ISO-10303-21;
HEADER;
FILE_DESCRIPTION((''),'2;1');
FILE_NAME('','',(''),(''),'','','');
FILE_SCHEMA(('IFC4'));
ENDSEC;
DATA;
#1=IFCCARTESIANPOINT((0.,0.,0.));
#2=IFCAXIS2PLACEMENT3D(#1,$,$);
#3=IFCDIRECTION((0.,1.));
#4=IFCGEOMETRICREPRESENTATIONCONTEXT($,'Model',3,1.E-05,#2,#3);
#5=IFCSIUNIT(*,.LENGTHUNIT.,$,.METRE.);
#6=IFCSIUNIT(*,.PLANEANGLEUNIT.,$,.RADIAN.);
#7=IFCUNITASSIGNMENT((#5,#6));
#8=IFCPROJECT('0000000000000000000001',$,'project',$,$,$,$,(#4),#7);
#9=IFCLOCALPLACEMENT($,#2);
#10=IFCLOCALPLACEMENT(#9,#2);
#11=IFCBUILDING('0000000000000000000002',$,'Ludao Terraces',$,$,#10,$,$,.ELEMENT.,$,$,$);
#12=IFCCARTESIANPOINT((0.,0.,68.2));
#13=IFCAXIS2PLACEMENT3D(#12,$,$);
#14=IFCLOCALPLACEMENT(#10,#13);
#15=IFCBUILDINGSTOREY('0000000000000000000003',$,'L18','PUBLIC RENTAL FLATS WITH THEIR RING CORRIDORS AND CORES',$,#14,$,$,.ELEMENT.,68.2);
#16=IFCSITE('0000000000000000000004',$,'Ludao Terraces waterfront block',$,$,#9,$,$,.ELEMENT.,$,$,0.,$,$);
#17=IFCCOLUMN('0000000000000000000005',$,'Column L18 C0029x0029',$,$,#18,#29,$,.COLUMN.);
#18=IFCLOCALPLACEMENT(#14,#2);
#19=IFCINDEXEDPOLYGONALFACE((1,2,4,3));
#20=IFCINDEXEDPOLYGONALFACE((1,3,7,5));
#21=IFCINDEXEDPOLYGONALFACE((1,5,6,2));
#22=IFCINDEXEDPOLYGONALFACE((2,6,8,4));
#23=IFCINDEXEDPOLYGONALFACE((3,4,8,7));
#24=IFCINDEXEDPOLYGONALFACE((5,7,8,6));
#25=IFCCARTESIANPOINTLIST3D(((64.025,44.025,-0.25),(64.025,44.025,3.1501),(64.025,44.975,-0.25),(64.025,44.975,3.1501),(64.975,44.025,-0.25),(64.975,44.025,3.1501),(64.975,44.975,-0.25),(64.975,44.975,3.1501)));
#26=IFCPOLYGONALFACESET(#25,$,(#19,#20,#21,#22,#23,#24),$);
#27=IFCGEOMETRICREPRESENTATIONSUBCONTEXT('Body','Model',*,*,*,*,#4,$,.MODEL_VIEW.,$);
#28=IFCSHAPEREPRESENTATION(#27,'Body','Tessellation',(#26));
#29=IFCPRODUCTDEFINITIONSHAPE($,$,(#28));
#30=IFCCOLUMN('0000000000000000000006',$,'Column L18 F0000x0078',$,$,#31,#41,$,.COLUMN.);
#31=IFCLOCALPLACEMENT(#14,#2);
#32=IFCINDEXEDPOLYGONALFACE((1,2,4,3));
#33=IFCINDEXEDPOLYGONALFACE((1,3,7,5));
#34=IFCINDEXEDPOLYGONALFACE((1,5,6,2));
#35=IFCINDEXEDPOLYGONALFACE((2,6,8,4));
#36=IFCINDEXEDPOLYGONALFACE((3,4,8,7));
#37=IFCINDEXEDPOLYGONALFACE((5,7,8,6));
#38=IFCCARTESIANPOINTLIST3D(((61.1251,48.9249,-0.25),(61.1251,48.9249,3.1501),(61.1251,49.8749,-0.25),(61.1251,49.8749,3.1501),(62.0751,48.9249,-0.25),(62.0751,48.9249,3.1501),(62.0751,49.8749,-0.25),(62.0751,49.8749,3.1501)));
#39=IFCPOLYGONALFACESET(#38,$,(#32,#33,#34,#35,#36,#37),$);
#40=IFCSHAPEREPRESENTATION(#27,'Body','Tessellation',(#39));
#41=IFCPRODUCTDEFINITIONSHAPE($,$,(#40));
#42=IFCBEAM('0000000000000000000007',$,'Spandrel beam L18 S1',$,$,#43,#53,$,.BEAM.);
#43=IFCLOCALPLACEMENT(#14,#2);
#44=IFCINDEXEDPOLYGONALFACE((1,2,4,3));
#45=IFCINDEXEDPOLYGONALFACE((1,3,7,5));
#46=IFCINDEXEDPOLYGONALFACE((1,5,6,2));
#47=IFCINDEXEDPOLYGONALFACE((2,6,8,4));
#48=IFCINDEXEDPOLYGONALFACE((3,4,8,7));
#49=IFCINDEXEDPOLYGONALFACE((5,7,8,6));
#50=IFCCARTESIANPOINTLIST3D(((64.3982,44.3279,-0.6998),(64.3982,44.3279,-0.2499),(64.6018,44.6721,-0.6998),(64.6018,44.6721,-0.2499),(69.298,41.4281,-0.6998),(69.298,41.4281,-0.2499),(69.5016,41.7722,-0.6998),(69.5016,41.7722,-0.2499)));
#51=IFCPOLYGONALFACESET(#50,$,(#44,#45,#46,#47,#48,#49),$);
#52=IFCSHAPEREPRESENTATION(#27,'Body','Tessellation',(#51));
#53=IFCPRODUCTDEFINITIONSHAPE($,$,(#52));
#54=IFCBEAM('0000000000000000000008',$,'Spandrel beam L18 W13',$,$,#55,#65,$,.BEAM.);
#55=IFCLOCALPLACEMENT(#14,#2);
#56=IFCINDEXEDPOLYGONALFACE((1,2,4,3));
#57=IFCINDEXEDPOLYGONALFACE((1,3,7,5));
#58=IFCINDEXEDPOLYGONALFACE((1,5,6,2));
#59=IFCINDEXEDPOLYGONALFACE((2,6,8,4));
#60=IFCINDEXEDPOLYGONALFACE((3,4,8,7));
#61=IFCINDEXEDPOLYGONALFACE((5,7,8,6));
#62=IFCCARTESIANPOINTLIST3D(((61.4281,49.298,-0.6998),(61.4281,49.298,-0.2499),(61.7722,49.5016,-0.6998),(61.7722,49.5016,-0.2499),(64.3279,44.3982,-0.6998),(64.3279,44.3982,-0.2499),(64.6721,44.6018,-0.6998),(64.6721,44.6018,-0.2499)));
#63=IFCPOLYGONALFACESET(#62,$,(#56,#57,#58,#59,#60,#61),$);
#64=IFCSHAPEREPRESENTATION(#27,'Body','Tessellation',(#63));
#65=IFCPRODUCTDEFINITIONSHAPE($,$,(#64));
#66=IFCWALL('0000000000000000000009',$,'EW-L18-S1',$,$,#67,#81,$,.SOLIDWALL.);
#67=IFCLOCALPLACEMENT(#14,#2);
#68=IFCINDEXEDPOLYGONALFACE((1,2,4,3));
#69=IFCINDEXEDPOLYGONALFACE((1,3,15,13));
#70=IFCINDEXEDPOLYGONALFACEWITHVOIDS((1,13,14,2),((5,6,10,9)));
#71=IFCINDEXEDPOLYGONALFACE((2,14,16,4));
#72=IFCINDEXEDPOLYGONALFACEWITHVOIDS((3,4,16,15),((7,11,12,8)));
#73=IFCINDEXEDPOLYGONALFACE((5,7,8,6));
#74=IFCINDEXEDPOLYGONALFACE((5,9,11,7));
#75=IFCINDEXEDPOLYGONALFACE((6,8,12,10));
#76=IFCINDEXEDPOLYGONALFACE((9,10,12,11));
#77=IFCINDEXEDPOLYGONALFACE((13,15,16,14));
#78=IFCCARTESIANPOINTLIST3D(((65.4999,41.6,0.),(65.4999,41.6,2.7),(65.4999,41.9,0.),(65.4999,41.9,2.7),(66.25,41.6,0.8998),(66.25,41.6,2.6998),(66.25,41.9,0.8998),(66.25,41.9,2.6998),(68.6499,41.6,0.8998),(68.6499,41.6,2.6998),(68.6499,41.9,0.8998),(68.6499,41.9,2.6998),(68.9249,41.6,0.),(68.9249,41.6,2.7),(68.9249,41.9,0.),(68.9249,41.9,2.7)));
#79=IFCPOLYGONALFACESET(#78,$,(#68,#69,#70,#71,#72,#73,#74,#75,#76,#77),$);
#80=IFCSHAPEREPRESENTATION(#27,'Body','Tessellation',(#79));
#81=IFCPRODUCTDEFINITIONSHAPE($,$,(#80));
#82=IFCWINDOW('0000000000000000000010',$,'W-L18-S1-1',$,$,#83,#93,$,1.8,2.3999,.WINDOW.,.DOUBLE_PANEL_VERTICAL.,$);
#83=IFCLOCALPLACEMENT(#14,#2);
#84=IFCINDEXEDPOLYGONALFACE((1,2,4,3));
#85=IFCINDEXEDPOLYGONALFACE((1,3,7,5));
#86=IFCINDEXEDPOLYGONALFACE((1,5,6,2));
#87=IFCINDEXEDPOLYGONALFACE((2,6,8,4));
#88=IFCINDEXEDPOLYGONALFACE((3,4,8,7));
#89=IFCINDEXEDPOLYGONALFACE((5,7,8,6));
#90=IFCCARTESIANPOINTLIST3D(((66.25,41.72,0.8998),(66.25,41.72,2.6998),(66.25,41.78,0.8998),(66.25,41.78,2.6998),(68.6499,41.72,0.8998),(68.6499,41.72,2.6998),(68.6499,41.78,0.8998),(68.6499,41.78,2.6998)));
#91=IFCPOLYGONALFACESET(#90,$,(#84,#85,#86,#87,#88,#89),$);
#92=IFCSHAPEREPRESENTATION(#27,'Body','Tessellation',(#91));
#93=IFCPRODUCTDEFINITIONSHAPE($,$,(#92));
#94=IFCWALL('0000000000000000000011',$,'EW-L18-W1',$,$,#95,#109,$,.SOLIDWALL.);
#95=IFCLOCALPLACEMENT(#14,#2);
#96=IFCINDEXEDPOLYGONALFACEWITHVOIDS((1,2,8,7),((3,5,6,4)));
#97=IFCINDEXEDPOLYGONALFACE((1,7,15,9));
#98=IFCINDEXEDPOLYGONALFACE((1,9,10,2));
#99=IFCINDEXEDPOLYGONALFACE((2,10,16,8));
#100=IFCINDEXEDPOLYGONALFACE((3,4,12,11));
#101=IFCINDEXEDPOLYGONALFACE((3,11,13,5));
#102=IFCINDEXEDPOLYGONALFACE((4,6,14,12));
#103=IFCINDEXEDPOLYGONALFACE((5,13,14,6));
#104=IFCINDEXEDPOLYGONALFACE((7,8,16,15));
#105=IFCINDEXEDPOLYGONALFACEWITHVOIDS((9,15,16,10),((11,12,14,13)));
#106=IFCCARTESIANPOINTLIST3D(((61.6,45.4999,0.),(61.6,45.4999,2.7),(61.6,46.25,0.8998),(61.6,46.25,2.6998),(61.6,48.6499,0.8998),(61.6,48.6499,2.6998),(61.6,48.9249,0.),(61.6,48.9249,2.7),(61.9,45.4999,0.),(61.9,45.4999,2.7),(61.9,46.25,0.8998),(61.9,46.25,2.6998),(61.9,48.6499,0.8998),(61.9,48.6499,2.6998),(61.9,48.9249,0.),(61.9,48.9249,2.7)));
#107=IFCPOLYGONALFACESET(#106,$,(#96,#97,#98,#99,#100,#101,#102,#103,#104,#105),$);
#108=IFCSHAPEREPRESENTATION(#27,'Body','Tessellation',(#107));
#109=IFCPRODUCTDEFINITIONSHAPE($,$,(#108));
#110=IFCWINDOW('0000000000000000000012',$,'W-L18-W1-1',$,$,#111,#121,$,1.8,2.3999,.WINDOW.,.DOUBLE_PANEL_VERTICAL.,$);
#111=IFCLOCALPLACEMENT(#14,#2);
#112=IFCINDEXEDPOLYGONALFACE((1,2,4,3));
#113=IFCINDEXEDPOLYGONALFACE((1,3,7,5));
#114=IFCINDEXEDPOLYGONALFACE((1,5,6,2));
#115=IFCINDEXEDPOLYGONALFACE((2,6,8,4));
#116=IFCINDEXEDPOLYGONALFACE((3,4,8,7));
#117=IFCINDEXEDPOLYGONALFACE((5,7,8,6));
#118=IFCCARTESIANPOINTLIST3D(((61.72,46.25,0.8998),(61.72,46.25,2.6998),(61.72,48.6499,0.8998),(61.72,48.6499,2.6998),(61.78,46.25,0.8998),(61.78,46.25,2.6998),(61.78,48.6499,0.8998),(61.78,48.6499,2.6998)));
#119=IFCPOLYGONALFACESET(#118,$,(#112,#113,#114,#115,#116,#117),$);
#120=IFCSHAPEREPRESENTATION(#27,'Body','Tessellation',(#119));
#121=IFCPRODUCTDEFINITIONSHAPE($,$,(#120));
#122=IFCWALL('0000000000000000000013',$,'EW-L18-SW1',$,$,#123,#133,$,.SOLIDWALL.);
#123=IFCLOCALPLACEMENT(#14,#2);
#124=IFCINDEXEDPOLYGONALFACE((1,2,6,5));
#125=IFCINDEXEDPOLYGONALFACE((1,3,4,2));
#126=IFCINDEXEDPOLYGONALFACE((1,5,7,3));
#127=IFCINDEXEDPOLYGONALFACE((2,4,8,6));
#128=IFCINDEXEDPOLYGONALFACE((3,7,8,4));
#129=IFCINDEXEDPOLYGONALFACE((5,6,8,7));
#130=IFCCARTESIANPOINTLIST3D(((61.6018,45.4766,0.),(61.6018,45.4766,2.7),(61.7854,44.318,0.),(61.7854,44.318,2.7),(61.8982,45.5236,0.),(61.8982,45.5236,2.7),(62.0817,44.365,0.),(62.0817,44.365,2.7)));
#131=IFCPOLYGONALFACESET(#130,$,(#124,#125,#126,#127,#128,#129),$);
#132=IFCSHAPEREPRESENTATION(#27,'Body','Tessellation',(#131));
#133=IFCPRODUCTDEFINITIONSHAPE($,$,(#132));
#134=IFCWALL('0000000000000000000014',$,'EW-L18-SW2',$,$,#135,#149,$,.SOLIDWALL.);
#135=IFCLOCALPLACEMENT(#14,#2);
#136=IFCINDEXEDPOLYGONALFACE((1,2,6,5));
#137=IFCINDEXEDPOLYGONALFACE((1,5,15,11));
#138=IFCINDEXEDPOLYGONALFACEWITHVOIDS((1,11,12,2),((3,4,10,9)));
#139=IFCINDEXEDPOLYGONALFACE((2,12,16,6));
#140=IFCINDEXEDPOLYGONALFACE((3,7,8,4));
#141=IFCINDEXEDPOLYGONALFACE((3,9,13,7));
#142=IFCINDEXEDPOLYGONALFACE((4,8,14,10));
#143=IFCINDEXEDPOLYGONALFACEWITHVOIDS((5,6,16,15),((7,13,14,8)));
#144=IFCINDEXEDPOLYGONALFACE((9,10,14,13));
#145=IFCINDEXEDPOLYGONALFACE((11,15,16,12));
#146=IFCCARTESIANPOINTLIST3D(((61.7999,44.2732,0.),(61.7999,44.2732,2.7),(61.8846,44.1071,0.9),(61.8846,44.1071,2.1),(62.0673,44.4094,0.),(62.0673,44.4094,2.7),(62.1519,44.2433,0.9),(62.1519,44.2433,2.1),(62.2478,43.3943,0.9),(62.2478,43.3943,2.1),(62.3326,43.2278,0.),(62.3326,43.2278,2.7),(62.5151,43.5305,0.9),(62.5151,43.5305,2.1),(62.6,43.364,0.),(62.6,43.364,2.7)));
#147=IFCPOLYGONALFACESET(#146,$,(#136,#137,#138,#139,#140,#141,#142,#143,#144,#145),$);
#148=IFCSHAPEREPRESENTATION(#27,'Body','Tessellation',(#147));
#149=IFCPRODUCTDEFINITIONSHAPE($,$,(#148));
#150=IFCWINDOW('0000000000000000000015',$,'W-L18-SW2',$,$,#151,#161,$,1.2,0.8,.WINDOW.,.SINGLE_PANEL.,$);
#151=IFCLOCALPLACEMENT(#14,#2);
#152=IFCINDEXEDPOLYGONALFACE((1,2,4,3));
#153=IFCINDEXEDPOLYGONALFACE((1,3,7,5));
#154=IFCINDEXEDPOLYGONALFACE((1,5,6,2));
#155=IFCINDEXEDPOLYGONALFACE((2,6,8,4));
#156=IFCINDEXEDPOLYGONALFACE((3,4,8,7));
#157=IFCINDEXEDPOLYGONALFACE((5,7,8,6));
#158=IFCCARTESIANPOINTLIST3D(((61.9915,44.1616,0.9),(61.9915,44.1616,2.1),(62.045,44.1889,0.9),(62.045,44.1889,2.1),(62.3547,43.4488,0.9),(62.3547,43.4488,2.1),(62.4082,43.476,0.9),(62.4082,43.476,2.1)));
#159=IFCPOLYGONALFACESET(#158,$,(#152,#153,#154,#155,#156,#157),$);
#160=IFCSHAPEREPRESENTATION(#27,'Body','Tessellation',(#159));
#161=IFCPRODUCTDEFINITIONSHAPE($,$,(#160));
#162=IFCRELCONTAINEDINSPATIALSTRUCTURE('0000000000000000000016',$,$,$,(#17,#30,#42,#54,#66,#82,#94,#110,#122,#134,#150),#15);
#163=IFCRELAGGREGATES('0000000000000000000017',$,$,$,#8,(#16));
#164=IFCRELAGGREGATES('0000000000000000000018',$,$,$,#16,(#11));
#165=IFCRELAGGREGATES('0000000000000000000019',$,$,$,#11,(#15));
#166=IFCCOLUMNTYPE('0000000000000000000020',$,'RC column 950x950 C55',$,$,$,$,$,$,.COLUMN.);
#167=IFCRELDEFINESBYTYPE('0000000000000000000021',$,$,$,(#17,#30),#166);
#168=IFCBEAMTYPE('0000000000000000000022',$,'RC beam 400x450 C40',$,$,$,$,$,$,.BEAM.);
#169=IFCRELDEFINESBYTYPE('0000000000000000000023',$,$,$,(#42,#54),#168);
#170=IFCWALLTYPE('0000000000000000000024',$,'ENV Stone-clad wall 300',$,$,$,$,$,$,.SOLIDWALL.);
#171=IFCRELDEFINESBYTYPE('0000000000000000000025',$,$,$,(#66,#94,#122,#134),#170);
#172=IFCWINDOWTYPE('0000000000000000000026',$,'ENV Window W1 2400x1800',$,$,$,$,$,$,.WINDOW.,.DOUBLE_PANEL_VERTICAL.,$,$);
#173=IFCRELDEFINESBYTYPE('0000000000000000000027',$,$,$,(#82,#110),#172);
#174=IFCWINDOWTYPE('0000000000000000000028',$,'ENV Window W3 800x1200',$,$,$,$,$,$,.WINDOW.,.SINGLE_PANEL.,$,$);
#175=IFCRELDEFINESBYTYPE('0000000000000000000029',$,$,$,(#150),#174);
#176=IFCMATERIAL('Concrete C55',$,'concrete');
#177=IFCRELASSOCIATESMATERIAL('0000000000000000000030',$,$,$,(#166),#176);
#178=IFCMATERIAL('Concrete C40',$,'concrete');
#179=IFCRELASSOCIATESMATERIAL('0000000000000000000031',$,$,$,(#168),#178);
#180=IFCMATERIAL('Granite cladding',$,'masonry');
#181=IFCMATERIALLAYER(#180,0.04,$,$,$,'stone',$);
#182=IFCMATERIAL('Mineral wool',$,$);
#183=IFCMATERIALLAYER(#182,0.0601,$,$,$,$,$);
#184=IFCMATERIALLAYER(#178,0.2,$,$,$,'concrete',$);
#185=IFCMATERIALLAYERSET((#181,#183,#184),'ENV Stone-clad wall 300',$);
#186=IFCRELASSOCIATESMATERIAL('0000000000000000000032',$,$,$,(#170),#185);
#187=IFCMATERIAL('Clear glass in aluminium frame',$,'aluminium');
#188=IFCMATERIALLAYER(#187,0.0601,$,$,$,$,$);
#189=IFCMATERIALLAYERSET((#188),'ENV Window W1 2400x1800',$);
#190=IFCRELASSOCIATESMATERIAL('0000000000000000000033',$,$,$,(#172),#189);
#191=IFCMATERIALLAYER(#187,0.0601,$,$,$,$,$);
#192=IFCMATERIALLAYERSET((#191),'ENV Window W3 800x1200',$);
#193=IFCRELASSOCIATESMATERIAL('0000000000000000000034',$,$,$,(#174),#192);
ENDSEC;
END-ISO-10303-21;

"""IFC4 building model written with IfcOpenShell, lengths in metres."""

from ifc_helpers import new_model, si_unit, direction, frame, frame_2d, origin, origin_2d, place, context, subcontext, project, spatial, rectangle, extrude, material, layer, layer_set, material_profile, profile_set, type_object, element, fill, save


model = new_model("IFC4")

# Units and contexts
model_context = context("Model", 3, precision=1e-05, world=origin(), true_north=direction((0.0, 1.0)))
body_context = subcontext(model_context, "Body", "Model", "MODEL_VIEW")
ifc_project = project(units=[si_unit("LENGTHUNIT", "METRE"), si_unit("PLANEANGLEUNIT", "RADIAN")], contexts=[model_context])

# Site, building, storey
site_placement = place(None, origin())
site = spatial("IfcSite", under=ifc_project, at=site_placement, Name="Ludao Terraces waterfront block", CompositionType="ELEMENT", RefElevation=0.0)
building_placement = place(site_placement, origin())
building = spatial("IfcBuilding", under=site, at=building_placement, Name="Ludao Terraces", CompositionType="ELEMENT")
storey_placement = place(building_placement, frame((0.0, 0.0, 68.2)))
storey = spatial("IfcBuildingStorey", under=building, at=storey_placement, Name="L18", Description="PUBLIC RENTAL FLATS WITH THEIR RING CORRIDORS AND CORES", CompositionType="ELEMENT", Elevation=68.2)

# Columns
ifc_material_1 = material(Name="Concrete C55", Category="concrete")
ifc_material_profile_1 = material_profile(ifc_material_1, rectangle(XDim=0.95, YDim=0.95, at=origin_2d()), Name="950 X 950")
ifc_profile_set_1 = profile_set([ifc_material_profile_1], Name="Concrete C55")
column_type = type_object("IfcColumnType", Name="RC column 950x950 C55", PredefinedType="COLUMN", material=ifc_profile_set_1)
for number, where, z_axis, x_axis, name in (
    (1, (64.5, 44.5, -0.25), (0.0, 0.0, 1.0), (1.0, 0.0, 0.0), "Column L18 C0029x0029"),
    (2, (61.6001, 49.3999, -0.25), (0.0, 0.0, 1.0), (1.0, 0.0, 0.0), "Column L18 F0000x0078"),
):
    element("IfcColumn", number, at=place(storey_placement, frame(where, z_axis=z_axis, x_axis=x_axis)), inside=storey, type_object=column_type, Name=name, PredefinedType="COLUMN", context=body_context, shape_type="SweptSolid", body=[
        extrude(rectangle(XDim=0.95, YDim=0.95, at=origin_2d()), origin(), (0.0, 0.0, 1.0), 3.4001),
    ])

# Beams
ifc_material_2 = material(Name="Concrete C40", Category="concrete")
ifc_material_profile_2 = material_profile(ifc_material_2, rectangle(XDim=0.3999, YDim=0.45, at=origin_2d()), Name="400 X 450")
ifc_profile_set_2 = profile_set([ifc_material_profile_2], Name="Concrete C40")
beam_type = type_object("IfcBeamType", Name="RC beam 400x450 C40", PredefinedType="BEAM", material=ifc_profile_set_2)
for number, where, z_axis, x_axis, name in (
    (3, (64.5, 44.5, -0.4749), (0.86058, -0.509316, 0.0), (0.509316, 0.86058, 0.0), "Spandrel beam L18 S1"),
    (4, (64.5, 44.5, -0.4749), (-0.509316, 0.86058, 0.0), (-0.86058, -0.509316, 0.0), "Spandrel beam L18 W13"),
):
    element("IfcBeam", number, at=place(storey_placement, frame(where, z_axis=z_axis, x_axis=x_axis)), inside=storey, type_object=beam_type, Name=name, PredefinedType="BEAM", context=body_context, shape_type="SweptSolid", body=[
        extrude(rectangle(XDim=0.3999, YDim=0.45, at=origin_2d()), origin(), (0.0, 0.0, 1.0), 5.6936),
    ])

# Walls, openings, windows
ifc_material_3 = material(Name="Granite cladding", Category="masonry")
ifc_layer_1 = layer(ifc_material_3, 0.04, Category="stone")
ifc_material_4 = material(Name="Mineral wool")
ifc_layer_2 = layer(ifc_material_4, 0.0601)
ifc_layer_3 = layer(ifc_material_2, 0.2, Category="concrete")
ifc_layer_set_1 = layer_set([ifc_layer_1, ifc_layer_2, ifc_layer_3], Name="ENV Stone-clad wall 300")
wall_type_1 = type_object("IfcWallType", Name="ENV Stone-clad wall 300", PredefinedType="SOLIDWALL", material=ifc_layer_set_1)
wall_1_placement = place(storey_placement, frame((65.5, 41.75, 0.0), z_axis=(0.0, 0.0, 1.0), x_axis=(1.0, 0.0, 0.0)))
wall_1 = element("IfcWall", 5, at=wall_1_placement, inside=storey, type_object=wall_type_1, Name="EW-L18-S1", PredefinedType="SOLIDWALL", context=body_context, shape_type="SweptSolid", body=[
    extrude(rectangle(XDim=3.425, YDim=0.3, at=frame_2d((1.7124, 0.0))), origin(), (0.0, 0.0, 1.0), 2.7),
])
opening_1_placement = place(wall_1_placement, frame((0.75, 0.0, 0.8999)))
opening_1 = element("IfcOpeningElement", 6, at=opening_1_placement, cuts=wall_1, PredefinedType="OPENING", context=body_context, shape_type="SweptSolid", body=[
    extrude(rectangle(XDim=2.3999, YDim=1.8, at=frame_2d((1.2, 0.8999))), frame((0.0, 0.1602, 0.0), z_axis=(0.0, -1.0, 0.0), x_axis=(1.0, 0.0, 0.0)), (0.0, 0.0, 1.0), 0.3201),
])
ifc_material_5 = material(Name="Clear glass in aluminium frame", Category="aluminium")
ifc_layer_4 = layer(ifc_material_5, 0.0601)
ifc_layer_set_2 = layer_set([ifc_layer_4], Name="ENV Window W1 2400x1800")
window_type_1 = type_object("IfcWindowType", Name="ENV Window W1 2400x1800", PartitioningType="DOUBLE_PANEL_VERTICAL", PredefinedType="WINDOW", material=ifc_layer_set_2)
window_1_placement = place(opening_1_placement, origin())
window_1 = element("IfcWindow", 7, at=window_1_placement, inside=storey, type_object=window_type_1, Name="W-L18-S1-1", OverallHeight=1.8, OverallWidth=2.3999, PartitioningType="DOUBLE_PANEL_VERTICAL", PredefinedType="WINDOW", context=body_context, shape_type="SweptSolid", body=[
    extrude(rectangle(XDim=2.3999, YDim=1.8, at=frame_2d((1.2, 0.8999))), frame((0.0, 0.03, 0.0), z_axis=(0.0, -1.0, 0.0), x_axis=(1.0, 0.0, 0.0)), (0.0, 0.0, 1.0), 0.0601),
])
fill(opening_1, window_1)
wall_2_placement = place(storey_placement, frame((61.75, 45.5, 0.0), z_axis=(0.0, 0.0, 1.0), x_axis=(0.0, 1.0, 0.0)))
wall_2 = element("IfcWall", 8, at=wall_2_placement, inside=storey, type_object=wall_type_1, Name="EW-L18-W1", PredefinedType="SOLIDWALL", context=body_context, shape_type="SweptSolid", body=[
    extrude(rectangle(XDim=3.425, YDim=0.3, at=frame_2d((1.7124, 0.0))), origin(), (0.0, 0.0, 1.0), 2.7),
])
opening_2_placement = place(wall_2_placement, frame((0.75, 0.0, 0.8999)))
opening_2 = element("IfcOpeningElement", 9, at=opening_2_placement, cuts=wall_2, PredefinedType="OPENING", context=body_context, shape_type="SweptSolid", body=[
    extrude(rectangle(XDim=2.3999, YDim=1.8, at=frame_2d((1.2, 0.8999))), frame((0.0, 0.1602, 0.0), z_axis=(0.0, -1.0, 0.0), x_axis=(1.0, 0.0, 0.0)), (0.0, 0.0, 1.0), 0.3201),
])
window_2_placement = place(opening_2_placement, origin())
window_2 = element("IfcWindow", 10, at=window_2_placement, inside=storey, type_object=window_type_1, Name="W-L18-W1-1", OverallHeight=1.8, OverallWidth=2.3999, PartitioningType="DOUBLE_PANEL_VERTICAL", PredefinedType="WINDOW", context=body_context, shape_type="SweptSolid", body=[
    extrude(rectangle(XDim=2.3999, YDim=1.8, at=frame_2d((1.2, 0.8999))), frame((0.0, 0.03, 0.0), z_axis=(0.0, -1.0, 0.0), x_axis=(1.0, 0.0, 0.0)), (0.0, 0.0, 1.0), 0.0601),
])
fill(opening_2, window_2)

# Wall
wall_3_placement = place(storey_placement, frame((61.75, 45.5, 0.0), z_axis=(0.0, 0.0, 1.0), x_axis=(0.156497, -0.987678, 0.0)))
element("IfcWall", 11, at=wall_3_placement, inside=storey, type_object=wall_type_1, Name="EW-L18-SW1", PredefinedType="SOLIDWALL", context=body_context, shape_type="SweptSolid", body=[
    extrude(rectangle(XDim=1.1731, YDim=0.3, at=frame_2d((0.5864, 0.0))), origin(), (0.0, 0.0, 1.0), 2.7),
])

# Wall, opening, window
wall_4_placement = place(storey_placement, frame((61.9336, 44.3413, 0.0), z_axis=(0.0, 0.0, 1.0), x_axis=(0.454026, -0.890989, 0.0)))
wall_4 = element("IfcWall", 12, at=wall_4_placement, inside=storey, type_object=wall_type_1, Name="EW-L18-SW2", PredefinedType="SOLIDWALL", context=body_context, shape_type="SweptSolid", body=[
    extrude(rectangle(XDim=1.1733, YDim=0.3, at=frame_2d((0.5867, 0.0))), origin(), (0.0, 0.0, 1.0), 2.7),
])
opening_3_placement = place(wall_4_placement, frame((0.1865, 0.0, 0.8999)))
opening_3 = element("IfcOpeningElement", 13, at=opening_3_placement, cuts=wall_4, PredefinedType="OPENING", context=body_context, shape_type="SweptSolid", body=[
    extrude(rectangle(XDim=0.8, YDim=1.2, at=frame_2d((0.3999, 0.6001))), frame((0.0, 0.1602, 0.0), z_axis=(0.0, -1.0, 0.0), x_axis=(1.0, 0.0, 0.0)), (0.0, 0.0, 1.0), 0.3201),
])
ifc_layer_5 = layer(ifc_material_5, 0.0601)
ifc_layer_set_3 = layer_set([ifc_layer_5], Name="ENV Window W3 800x1200")
window_type_2 = type_object("IfcWindowType", Name="ENV Window W3 800x1200", PartitioningType="SINGLE_PANEL", PredefinedType="WINDOW", material=ifc_layer_set_3)
window_3_placement = place(opening_3_placement, origin())
window_3 = element("IfcWindow", 14, at=window_3_placement, inside=storey, type_object=window_type_2, Name="W-L18-SW2", OverallHeight=1.2, OverallWidth=0.8, PartitioningType="SINGLE_PANEL", PredefinedType="WINDOW", context=body_context, shape_type="SweptSolid", body=[
    extrude(rectangle(XDim=0.8, YDim=1.2, at=frame_2d((0.3999, 0.6001))), frame((0.0, 0.03, 0.0), z_axis=(0.0, -1.0, 0.0), x_axis=(1.0, 0.0, 0.0)), (0.0, 0.0, 1.0), 0.0601),
])
fill(opening_3, window_3)

save(model, "model.ifc")
